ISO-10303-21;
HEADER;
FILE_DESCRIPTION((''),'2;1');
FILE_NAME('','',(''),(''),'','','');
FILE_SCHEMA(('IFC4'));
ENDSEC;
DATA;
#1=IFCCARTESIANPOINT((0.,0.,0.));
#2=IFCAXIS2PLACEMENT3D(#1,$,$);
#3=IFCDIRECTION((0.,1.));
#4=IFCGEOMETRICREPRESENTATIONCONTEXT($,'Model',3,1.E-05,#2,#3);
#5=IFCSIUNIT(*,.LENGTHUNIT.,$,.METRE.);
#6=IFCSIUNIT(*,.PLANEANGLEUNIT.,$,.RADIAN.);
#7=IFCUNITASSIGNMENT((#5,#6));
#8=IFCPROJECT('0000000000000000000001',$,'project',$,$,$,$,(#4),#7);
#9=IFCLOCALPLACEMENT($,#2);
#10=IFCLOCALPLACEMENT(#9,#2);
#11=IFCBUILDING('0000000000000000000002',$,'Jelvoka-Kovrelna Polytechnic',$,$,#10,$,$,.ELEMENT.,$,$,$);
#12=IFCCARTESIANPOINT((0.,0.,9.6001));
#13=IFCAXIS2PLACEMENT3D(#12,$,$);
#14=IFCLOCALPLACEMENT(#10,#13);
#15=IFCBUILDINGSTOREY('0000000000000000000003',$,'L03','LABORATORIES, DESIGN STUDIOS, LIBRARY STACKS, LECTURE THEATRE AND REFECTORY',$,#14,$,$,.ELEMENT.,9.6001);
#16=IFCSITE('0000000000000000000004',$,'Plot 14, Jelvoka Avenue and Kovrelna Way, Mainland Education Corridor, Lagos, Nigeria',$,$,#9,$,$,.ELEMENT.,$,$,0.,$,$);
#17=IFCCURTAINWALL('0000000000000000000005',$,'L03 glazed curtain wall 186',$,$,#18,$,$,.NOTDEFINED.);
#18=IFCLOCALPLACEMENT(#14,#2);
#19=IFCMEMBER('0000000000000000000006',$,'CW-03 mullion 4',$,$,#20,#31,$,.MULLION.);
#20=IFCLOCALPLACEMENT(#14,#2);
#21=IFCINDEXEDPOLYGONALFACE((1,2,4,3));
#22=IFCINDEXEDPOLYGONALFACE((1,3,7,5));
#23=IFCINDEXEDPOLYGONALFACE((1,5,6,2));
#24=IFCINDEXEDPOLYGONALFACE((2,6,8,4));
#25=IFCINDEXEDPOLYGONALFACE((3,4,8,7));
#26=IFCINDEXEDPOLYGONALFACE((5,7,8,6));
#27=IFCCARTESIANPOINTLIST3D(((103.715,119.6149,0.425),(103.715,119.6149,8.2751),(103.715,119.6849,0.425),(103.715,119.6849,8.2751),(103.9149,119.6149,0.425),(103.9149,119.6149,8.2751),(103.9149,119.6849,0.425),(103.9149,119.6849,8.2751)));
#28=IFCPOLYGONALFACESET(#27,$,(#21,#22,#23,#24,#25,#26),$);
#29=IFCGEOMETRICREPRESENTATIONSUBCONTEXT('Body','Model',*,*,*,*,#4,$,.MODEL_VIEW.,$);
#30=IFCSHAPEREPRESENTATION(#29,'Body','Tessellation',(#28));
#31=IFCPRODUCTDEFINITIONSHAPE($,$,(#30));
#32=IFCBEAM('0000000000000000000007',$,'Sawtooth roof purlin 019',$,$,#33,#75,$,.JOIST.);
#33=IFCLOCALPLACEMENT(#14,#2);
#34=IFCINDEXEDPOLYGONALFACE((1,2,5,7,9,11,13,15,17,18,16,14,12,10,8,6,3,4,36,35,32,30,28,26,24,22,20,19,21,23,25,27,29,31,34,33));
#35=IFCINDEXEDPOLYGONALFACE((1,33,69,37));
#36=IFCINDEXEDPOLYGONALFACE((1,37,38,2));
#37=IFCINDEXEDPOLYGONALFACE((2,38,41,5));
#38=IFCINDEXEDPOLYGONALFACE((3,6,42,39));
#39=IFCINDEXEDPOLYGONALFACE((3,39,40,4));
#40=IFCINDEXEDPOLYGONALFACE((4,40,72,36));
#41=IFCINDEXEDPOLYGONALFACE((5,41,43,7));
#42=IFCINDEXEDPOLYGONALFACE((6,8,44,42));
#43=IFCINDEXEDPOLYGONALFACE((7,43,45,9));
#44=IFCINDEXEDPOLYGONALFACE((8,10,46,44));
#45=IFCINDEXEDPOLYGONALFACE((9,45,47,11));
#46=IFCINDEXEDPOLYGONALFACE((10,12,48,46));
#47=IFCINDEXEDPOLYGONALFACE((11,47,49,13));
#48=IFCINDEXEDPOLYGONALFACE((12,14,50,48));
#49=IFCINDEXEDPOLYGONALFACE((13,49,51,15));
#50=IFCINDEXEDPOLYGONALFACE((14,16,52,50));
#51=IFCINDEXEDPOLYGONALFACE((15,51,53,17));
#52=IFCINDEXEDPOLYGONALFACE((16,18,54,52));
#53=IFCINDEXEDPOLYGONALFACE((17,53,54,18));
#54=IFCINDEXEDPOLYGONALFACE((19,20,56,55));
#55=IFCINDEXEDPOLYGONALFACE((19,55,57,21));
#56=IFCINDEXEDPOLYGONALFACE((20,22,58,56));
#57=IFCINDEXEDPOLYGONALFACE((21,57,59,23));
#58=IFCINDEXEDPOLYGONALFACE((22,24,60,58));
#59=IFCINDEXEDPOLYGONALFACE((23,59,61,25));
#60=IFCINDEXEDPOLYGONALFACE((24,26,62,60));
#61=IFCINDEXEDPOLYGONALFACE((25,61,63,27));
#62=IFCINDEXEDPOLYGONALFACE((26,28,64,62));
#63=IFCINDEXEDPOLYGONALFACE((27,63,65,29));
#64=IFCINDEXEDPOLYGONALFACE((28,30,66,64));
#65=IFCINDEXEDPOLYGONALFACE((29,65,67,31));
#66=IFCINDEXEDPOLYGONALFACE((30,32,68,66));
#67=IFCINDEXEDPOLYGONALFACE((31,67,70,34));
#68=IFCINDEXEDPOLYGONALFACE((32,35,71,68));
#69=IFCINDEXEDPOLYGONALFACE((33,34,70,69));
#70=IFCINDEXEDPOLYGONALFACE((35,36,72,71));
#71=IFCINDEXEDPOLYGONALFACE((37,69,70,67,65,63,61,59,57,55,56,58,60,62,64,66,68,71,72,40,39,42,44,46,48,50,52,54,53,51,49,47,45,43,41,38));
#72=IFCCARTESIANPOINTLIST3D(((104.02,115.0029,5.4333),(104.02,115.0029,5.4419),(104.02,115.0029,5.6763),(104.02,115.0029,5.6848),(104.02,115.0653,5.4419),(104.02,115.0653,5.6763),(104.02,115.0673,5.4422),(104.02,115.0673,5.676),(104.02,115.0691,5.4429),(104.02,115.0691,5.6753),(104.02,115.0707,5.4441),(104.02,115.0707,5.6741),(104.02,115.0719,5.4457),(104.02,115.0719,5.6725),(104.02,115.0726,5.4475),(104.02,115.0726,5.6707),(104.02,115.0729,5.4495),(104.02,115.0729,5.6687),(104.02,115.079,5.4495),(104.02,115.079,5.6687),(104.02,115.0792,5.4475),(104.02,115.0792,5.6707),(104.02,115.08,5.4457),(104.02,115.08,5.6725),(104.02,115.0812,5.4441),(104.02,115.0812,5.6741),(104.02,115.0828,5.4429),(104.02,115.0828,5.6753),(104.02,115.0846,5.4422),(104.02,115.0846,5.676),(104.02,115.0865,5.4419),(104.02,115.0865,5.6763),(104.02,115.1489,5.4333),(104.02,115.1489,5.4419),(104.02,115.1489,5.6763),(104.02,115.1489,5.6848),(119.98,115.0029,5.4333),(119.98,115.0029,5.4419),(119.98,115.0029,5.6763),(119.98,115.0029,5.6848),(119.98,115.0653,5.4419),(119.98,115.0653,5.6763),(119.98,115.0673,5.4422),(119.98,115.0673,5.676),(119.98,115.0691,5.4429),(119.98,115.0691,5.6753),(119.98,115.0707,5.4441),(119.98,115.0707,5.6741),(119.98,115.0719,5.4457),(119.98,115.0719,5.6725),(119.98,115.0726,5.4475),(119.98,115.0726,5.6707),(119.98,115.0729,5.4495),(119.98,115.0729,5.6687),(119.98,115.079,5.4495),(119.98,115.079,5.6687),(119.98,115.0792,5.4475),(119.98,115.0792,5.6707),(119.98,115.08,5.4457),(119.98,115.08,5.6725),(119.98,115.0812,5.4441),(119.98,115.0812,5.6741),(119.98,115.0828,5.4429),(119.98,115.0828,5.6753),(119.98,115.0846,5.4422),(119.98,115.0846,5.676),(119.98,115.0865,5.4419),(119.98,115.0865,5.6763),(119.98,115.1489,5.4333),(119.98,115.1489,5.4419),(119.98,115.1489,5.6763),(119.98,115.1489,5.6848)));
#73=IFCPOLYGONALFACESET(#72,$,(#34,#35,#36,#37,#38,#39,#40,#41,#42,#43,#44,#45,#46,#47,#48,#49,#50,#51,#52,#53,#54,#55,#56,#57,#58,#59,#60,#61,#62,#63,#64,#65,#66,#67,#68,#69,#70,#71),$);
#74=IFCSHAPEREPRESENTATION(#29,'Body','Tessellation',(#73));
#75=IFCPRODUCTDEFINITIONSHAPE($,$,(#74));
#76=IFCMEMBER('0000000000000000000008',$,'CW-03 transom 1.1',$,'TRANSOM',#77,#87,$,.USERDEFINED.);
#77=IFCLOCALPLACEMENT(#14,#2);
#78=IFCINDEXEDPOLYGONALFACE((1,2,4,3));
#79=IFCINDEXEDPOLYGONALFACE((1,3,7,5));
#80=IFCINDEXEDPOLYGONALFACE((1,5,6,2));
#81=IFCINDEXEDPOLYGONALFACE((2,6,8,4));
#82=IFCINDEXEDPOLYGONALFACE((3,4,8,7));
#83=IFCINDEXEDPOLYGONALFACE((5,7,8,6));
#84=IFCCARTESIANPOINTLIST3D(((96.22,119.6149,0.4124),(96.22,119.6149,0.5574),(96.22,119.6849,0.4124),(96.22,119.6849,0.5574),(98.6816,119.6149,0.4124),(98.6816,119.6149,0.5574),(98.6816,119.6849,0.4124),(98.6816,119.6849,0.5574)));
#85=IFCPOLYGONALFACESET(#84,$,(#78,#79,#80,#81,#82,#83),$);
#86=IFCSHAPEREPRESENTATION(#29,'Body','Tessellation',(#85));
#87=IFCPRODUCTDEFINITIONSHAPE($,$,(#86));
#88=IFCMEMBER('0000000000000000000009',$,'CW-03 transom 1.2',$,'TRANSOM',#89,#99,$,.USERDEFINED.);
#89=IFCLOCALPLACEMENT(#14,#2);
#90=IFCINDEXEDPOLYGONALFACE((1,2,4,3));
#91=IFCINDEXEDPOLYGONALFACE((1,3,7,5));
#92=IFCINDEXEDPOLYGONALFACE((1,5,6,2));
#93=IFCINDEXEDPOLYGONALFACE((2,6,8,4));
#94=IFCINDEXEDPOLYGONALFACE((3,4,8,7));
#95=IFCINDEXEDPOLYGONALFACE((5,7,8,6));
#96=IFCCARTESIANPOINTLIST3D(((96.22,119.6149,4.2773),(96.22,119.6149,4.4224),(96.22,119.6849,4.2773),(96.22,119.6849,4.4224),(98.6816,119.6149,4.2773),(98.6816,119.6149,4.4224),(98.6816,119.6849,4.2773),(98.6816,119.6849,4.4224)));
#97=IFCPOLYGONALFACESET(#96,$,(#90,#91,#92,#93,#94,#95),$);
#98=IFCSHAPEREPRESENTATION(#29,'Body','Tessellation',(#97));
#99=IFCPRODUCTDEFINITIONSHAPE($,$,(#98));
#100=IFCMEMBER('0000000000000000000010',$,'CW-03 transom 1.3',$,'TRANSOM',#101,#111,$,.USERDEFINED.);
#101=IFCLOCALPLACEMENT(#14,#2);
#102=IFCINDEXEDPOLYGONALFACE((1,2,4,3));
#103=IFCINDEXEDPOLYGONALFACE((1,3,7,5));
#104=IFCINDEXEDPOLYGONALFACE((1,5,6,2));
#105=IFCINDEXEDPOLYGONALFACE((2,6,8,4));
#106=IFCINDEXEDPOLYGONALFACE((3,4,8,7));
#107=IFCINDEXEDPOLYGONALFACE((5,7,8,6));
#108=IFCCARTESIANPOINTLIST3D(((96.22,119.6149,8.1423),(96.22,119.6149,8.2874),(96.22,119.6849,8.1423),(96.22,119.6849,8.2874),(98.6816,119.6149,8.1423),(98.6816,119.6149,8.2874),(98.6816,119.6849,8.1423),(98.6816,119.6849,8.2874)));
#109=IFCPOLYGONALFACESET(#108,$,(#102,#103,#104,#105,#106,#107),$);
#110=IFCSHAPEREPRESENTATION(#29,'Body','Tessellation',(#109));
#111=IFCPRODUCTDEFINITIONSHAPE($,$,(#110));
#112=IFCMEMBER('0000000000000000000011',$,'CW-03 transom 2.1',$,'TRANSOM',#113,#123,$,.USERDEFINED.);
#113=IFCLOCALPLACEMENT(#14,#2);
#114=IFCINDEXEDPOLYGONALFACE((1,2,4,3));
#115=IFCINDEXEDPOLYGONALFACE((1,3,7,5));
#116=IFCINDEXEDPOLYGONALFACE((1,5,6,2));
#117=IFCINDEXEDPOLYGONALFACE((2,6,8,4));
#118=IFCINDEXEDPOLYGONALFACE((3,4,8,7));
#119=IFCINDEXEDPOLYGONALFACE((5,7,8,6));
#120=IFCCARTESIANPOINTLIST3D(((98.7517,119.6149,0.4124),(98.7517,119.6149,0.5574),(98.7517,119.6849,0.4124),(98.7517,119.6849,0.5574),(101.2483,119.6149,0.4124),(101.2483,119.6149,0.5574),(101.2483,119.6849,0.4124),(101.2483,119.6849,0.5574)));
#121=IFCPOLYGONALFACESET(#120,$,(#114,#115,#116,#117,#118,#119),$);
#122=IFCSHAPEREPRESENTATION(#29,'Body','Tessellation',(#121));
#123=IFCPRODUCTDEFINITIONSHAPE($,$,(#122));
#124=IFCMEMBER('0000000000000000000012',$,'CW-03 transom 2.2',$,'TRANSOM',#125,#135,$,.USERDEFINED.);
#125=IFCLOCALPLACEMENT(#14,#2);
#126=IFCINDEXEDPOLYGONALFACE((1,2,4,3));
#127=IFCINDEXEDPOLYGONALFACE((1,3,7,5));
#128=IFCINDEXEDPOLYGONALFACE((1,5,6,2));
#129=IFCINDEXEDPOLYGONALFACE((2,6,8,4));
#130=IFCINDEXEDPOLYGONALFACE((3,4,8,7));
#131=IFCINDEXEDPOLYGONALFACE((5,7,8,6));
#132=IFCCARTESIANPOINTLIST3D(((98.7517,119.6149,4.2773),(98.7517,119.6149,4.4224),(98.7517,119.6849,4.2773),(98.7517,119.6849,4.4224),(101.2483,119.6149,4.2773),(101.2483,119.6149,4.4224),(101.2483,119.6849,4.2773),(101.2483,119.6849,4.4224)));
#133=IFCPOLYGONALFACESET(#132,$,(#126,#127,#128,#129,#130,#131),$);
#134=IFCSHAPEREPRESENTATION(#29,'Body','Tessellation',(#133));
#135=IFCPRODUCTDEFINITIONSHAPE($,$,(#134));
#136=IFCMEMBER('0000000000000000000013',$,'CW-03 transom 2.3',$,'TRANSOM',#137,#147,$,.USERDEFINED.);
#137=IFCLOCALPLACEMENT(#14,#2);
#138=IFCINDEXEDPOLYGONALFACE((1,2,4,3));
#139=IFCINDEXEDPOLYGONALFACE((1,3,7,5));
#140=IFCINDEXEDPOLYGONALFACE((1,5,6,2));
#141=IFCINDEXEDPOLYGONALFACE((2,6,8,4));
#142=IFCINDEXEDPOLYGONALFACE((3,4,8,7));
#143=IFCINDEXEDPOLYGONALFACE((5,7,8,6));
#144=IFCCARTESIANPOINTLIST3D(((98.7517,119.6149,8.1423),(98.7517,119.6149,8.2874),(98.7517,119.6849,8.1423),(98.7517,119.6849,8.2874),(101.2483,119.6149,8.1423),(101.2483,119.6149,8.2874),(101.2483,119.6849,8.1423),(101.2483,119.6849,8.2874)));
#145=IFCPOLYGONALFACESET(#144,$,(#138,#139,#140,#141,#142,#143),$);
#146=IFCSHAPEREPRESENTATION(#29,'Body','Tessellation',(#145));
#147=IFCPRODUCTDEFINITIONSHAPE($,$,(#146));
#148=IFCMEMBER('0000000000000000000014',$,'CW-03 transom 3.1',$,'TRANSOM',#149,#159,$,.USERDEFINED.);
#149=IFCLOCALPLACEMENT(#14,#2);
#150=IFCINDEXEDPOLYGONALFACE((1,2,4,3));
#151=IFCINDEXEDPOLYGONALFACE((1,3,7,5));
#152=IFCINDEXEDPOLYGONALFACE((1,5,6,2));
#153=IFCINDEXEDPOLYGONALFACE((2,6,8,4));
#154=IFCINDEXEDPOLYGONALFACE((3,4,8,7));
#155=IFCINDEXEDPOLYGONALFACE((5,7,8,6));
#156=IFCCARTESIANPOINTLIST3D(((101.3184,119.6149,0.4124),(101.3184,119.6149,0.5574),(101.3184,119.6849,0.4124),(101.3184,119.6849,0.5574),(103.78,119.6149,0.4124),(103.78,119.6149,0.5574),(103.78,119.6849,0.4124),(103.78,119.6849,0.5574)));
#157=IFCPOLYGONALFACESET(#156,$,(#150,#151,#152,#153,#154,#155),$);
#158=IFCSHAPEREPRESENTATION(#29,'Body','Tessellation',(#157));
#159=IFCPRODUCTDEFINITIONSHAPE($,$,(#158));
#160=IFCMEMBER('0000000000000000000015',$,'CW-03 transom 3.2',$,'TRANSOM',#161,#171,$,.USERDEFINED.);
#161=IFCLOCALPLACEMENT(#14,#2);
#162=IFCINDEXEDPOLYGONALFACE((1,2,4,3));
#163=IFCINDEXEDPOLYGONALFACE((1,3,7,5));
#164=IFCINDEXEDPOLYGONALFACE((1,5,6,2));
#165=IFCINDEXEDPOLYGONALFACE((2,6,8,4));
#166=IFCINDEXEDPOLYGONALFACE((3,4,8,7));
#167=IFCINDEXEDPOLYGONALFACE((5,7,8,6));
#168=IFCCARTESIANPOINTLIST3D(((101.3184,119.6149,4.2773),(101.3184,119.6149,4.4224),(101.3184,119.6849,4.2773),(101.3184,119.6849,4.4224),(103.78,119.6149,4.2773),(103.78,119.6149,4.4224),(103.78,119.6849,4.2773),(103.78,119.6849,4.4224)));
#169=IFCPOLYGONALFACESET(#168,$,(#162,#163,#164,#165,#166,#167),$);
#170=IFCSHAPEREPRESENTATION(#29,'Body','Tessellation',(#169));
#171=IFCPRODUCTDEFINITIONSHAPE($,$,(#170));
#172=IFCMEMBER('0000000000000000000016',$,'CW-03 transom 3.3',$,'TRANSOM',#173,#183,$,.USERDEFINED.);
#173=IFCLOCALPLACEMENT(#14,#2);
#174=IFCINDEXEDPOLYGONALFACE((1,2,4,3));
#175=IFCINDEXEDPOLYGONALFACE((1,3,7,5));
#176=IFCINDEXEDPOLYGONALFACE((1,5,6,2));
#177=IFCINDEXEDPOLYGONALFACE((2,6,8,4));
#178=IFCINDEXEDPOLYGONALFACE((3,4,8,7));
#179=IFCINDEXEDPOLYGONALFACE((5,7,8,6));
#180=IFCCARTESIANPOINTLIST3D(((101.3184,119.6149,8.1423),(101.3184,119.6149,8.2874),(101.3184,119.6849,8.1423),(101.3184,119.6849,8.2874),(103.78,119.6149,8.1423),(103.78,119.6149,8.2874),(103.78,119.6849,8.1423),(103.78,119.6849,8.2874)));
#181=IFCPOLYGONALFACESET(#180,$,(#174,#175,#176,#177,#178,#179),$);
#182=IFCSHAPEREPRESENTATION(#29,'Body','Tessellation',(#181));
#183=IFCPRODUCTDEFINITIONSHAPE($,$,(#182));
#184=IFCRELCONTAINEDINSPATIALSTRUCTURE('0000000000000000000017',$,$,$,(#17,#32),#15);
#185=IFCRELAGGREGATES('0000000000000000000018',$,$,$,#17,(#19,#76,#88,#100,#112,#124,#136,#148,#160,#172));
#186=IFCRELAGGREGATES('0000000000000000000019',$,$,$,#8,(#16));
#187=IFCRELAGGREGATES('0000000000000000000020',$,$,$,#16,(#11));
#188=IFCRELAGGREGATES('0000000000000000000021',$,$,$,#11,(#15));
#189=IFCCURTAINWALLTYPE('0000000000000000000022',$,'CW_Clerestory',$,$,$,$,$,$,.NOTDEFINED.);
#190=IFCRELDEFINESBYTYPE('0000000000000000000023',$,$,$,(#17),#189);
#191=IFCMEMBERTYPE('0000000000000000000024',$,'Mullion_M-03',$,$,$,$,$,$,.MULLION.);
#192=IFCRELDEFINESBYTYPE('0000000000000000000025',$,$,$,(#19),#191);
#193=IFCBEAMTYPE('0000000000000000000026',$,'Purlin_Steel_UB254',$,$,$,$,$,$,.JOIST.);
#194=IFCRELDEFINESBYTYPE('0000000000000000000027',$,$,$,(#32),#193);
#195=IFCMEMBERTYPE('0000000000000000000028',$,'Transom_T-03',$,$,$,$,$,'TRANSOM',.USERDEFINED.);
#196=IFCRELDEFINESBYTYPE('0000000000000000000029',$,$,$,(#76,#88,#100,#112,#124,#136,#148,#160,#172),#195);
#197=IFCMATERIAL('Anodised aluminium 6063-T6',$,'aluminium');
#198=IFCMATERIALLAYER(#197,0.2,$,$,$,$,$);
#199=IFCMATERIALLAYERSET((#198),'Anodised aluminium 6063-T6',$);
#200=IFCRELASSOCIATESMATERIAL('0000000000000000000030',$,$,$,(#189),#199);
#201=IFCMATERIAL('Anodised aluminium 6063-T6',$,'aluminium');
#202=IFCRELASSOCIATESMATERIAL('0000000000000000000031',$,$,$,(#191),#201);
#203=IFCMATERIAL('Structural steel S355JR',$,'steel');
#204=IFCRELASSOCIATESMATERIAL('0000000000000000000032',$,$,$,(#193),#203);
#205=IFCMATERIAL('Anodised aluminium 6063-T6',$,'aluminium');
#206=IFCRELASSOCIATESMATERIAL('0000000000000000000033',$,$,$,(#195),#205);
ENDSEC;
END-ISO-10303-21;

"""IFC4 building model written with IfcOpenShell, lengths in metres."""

from ifc_helpers import new_model, si_unit, direction, frame, origin, origin_2d, place, context, subcontext, project, spatial, rectangle, i_section, extrude, material, layer, layer_set, material_profile, profile_set, type_object, element, aggregate, save


model = new_model("IFC4")

# Units and contexts
model_context = context("Model", 3, precision=1e-05, world=origin(), true_north=direction((0.0, 1.0)))
body_context = subcontext(model_context, "Body", "Model", "MODEL_VIEW")
ifc_project = project(units=[si_unit("LENGTHUNIT", "METRE"), si_unit("PLANEANGLEUNIT", "RADIAN")], contexts=[model_context])

# Site, building, storey
site_placement = place(None, origin())
site = spatial("IfcSite", under=ifc_project, at=site_placement, Name="Plot 14, Jelvoka Avenue and Kovrelna Way, Mainland Education Corridor, Lagos, Nigeria", CompositionType="ELEMENT", RefElevation=0.0)
building_placement = place(site_placement, origin())
building = spatial("IfcBuilding", under=site, at=building_placement, Name="Jelvoka-Kovrelna Polytechnic", CompositionType="ELEMENT")
storey_placement = place(building_placement, frame((0.0, 0.0, 9.6001)))
storey = spatial("IfcBuildingStorey", under=building, at=storey_placement, Name="L03", Description="LABORATORIES, DESIGN STUDIOS, LIBRARY STACKS, LECTURE THEATRE AND REFECTORY", CompositionType="ELEMENT", Elevation=9.6001)

# Shared definitions
ifc_material_1 = material(Name="Anodised aluminium 6063-T6", Category="aluminium")
ifc_layer_1 = layer(ifc_material_1, 0.2)
ifc_layer_set_1 = layer_set([ifc_layer_1], Name="Anodised aluminium 6063-T6")
curtain_wall_type = type_object("IfcCurtainWallType", Name="CW_Clerestory", PredefinedType="NOTDEFINED", material=ifc_layer_set_1)
ifc_material_2 = material(Name="Anodised aluminium 6063-T6", Category="aluminium")
ifc_material_profile_1 = material_profile(ifc_material_2, rectangle(XDim=0.0701, YDim=0.2, at=origin_2d()), Name="ALU 70x200")
ifc_profile_set_1 = profile_set([ifc_material_profile_1], Name="Anodised aluminium 6063-T6")
member_type_1 = type_object("IfcMemberType", Name="Mullion_M-03", PredefinedType="MULLION", material=ifc_profile_set_1)

# Curtain wall, member
curtain_wall_1_placement = place(storey_placement, origin())
curtain_wall_1 = element("IfcCurtainWall", 1, at=curtain_wall_1_placement, inside=storey, type_object=curtain_wall_type, Name="L03 glazed curtain wall 186", PredefinedType="NOTDEFINED")
member_1_placement = place(storey_placement, frame((103.8149, 119.6499, 0.425), z_axis=(0.0, 0.0, 1.0), x_axis=(0.0, 1.0, 0.0)))
member_1 = element("IfcMember", 2, at=member_1_placement, type_object=member_type_1, Name="CW-03 mullion 4", PredefinedType="MULLION", context=body_context, shape_type="SweptSolid", body=[
    extrude(rectangle(XDim=0.0701, YDim=0.2, at=origin_2d()), origin(), (0.0, 0.0, 1.0), 7.8501),
])

# Beam
ifc_material_3 = material(Name="Structural steel S355JR", Category="steel")
ifc_material_profile_2 = material_profile(ifc_material_3, i_section(OverallWidth=0.146, OverallDepth=0.2515, WebThickness=0.0061, FlangeThickness=0.0085, FilletRadius=0.0076, at=origin_2d()), Name="254x146x31 UB")
ifc_profile_set_2 = profile_set([ifc_material_profile_2], Name="Structural steel S355JR")
beam_type_1 = type_object("IfcBeamType", Name="Purlin_Steel_UB254", PredefinedType="JOIST", material=ifc_profile_set_2)
beam_1_placement = place(storey_placement, frame((104.02, 115.0759, 5.5591), z_axis=(1.0, 0.0, 0.0), x_axis=(0.0, 1.0, 0.0)))
element("IfcBeam", 3, at=beam_1_placement, inside=storey, type_object=beam_type_1, Name="Sawtooth roof purlin 019", PredefinedType="JOIST", context=body_context, shape_type="SweptSolid", body=[
    extrude(i_section(OverallWidth=0.146, OverallDepth=0.2515, WebThickness=0.0061, FlangeThickness=0.0085, FilletRadius=0.0076, at=origin_2d()), origin(), (0.0, 0.0, 1.0), 15.96),
])

# Members
ifc_material_4 = material(Name="Anodised aluminium 6063-T6", Category="aluminium")
ifc_material_profile_3 = material_profile(ifc_material_4, rectangle(XDim=0.0701, YDim=0.145, at=origin_2d()), Name="ALU 70x145")
ifc_profile_set_3 = profile_set([ifc_material_profile_3], Name="Anodised aluminium 6063-T6")
member_type_2 = type_object("IfcMemberType", Name="Transom_T-03", ElementType="TRANSOM", PredefinedType="USERDEFINED", material=ifc_profile_set_3)
member_2_placement = place(storey_placement, frame((96.22, 119.6499, 0.4849), z_axis=(1.0, 0.0, 0.0), x_axis=(0.0, 1.0, 0.0)))
member_2 = element("IfcMember", 4, at=member_2_placement, type_object=member_type_2, Name="CW-03 transom 1.1", ObjectType="TRANSOM", PredefinedType="USERDEFINED", context=body_context, shape_type="SweptSolid", body=[
    extrude(rectangle(XDim=0.0701, YDim=0.145, at=origin_2d()), origin(), (0.0, 0.0, 1.0), 2.4617),
])
member_3_placement = place(storey_placement, frame((96.22, 119.6499, 4.3499), z_axis=(1.0, 0.0, 0.0), x_axis=(0.0, 1.0, 0.0)))
member_3 = element("IfcMember", 5, at=member_3_placement, type_object=member_type_2, Name="CW-03 transom 1.2", ObjectType="TRANSOM", PredefinedType="USERDEFINED", context=body_context, shape_type="SweptSolid", body=[
    extrude(rectangle(XDim=0.0701, YDim=0.145, at=origin_2d()), origin(), (0.0, 0.0, 1.0), 2.4617),
])
member_4_placement = place(storey_placement, frame((96.22, 119.6499, 8.2148), z_axis=(1.0, 0.0, 0.0), x_axis=(0.0, 1.0, 0.0)))
member_4 = element("IfcMember", 6, at=member_4_placement, type_object=member_type_2, Name="CW-03 transom 1.3", ObjectType="TRANSOM", PredefinedType="USERDEFINED", context=body_context, shape_type="SweptSolid", body=[
    extrude(rectangle(XDim=0.0701, YDim=0.145, at=origin_2d()), origin(), (0.0, 0.0, 1.0), 2.4617),
])
member_5_placement = place(storey_placement, frame((98.7517, 119.6499, 0.4849), z_axis=(1.0, 0.0, 0.0), x_axis=(0.0, 1.0, 0.0)))
member_5 = element("IfcMember", 7, at=member_5_placement, type_object=member_type_2, Name="CW-03 transom 2.1", ObjectType="TRANSOM", PredefinedType="USERDEFINED", context=body_context, shape_type="SweptSolid", body=[
    extrude(rectangle(XDim=0.0701, YDim=0.145, at=origin_2d()), origin(), (0.0, 0.0, 1.0), 2.4966),
])
member_6_placement = place(storey_placement, frame((98.7517, 119.6499, 4.3499), z_axis=(1.0, 0.0, 0.0), x_axis=(0.0, 1.0, 0.0)))
member_6 = element("IfcMember", 8, at=member_6_placement, type_object=member_type_2, Name="CW-03 transom 2.2", ObjectType="TRANSOM", PredefinedType="USERDEFINED", context=body_context, shape_type="SweptSolid", body=[
    extrude(rectangle(XDim=0.0701, YDim=0.145, at=origin_2d()), origin(), (0.0, 0.0, 1.0), 2.4966),
])
member_7_placement = place(storey_placement, frame((98.7517, 119.6499, 8.2148), z_axis=(1.0, 0.0, 0.0), x_axis=(0.0, 1.0, 0.0)))
member_7 = element("IfcMember", 9, at=member_7_placement, type_object=member_type_2, Name="CW-03 transom 2.3", ObjectType="TRANSOM", PredefinedType="USERDEFINED", context=body_context, shape_type="SweptSolid", body=[
    extrude(rectangle(XDim=0.0701, YDim=0.145, at=origin_2d()), origin(), (0.0, 0.0, 1.0), 2.4966),
])
member_8_placement = place(storey_placement, frame((101.3184, 119.6499, 0.4849), z_axis=(1.0, 0.0, 0.0), x_axis=(0.0, 1.0, 0.0)))
member_8 = element("IfcMember", 10, at=member_8_placement, type_object=member_type_2, Name="CW-03 transom 3.1", ObjectType="TRANSOM", PredefinedType="USERDEFINED", context=body_context, shape_type="SweptSolid", body=[
    extrude(rectangle(XDim=0.0701, YDim=0.145, at=origin_2d()), origin(), (0.0, 0.0, 1.0), 2.4617),
])
member_9_placement = place(storey_placement, frame((101.3184, 119.6499, 4.3499), z_axis=(1.0, 0.0, 0.0), x_axis=(0.0, 1.0, 0.0)))
member_9 = element("IfcMember", 11, at=member_9_placement, type_object=member_type_2, Name="CW-03 transom 3.2", ObjectType="TRANSOM", PredefinedType="USERDEFINED", context=body_context, shape_type="SweptSolid", body=[
    extrude(rectangle(XDim=0.0701, YDim=0.145, at=origin_2d()), origin(), (0.0, 0.0, 1.0), 2.4617),
])
member_10_placement = place(storey_placement, frame((101.3184, 119.6499, 8.2148), z_axis=(1.0, 0.0, 0.0), x_axis=(0.0, 1.0, 0.0)))
member_10 = element("IfcMember", 12, at=member_10_placement, type_object=member_type_2, Name="CW-03 transom 3.3", ObjectType="TRANSOM", PredefinedType="USERDEFINED", context=body_context, shape_type="SweptSolid", body=[
    extrude(rectangle(XDim=0.0701, YDim=0.145, at=origin_2d()), origin(), (0.0, 0.0, 1.0), 2.4617),
])

aggregate(curtain_wall_1, [member_1, member_2, member_3, member_4, member_5, member_6, member_7, member_8, member_9, member_10])

save(model, "model.ifc")
